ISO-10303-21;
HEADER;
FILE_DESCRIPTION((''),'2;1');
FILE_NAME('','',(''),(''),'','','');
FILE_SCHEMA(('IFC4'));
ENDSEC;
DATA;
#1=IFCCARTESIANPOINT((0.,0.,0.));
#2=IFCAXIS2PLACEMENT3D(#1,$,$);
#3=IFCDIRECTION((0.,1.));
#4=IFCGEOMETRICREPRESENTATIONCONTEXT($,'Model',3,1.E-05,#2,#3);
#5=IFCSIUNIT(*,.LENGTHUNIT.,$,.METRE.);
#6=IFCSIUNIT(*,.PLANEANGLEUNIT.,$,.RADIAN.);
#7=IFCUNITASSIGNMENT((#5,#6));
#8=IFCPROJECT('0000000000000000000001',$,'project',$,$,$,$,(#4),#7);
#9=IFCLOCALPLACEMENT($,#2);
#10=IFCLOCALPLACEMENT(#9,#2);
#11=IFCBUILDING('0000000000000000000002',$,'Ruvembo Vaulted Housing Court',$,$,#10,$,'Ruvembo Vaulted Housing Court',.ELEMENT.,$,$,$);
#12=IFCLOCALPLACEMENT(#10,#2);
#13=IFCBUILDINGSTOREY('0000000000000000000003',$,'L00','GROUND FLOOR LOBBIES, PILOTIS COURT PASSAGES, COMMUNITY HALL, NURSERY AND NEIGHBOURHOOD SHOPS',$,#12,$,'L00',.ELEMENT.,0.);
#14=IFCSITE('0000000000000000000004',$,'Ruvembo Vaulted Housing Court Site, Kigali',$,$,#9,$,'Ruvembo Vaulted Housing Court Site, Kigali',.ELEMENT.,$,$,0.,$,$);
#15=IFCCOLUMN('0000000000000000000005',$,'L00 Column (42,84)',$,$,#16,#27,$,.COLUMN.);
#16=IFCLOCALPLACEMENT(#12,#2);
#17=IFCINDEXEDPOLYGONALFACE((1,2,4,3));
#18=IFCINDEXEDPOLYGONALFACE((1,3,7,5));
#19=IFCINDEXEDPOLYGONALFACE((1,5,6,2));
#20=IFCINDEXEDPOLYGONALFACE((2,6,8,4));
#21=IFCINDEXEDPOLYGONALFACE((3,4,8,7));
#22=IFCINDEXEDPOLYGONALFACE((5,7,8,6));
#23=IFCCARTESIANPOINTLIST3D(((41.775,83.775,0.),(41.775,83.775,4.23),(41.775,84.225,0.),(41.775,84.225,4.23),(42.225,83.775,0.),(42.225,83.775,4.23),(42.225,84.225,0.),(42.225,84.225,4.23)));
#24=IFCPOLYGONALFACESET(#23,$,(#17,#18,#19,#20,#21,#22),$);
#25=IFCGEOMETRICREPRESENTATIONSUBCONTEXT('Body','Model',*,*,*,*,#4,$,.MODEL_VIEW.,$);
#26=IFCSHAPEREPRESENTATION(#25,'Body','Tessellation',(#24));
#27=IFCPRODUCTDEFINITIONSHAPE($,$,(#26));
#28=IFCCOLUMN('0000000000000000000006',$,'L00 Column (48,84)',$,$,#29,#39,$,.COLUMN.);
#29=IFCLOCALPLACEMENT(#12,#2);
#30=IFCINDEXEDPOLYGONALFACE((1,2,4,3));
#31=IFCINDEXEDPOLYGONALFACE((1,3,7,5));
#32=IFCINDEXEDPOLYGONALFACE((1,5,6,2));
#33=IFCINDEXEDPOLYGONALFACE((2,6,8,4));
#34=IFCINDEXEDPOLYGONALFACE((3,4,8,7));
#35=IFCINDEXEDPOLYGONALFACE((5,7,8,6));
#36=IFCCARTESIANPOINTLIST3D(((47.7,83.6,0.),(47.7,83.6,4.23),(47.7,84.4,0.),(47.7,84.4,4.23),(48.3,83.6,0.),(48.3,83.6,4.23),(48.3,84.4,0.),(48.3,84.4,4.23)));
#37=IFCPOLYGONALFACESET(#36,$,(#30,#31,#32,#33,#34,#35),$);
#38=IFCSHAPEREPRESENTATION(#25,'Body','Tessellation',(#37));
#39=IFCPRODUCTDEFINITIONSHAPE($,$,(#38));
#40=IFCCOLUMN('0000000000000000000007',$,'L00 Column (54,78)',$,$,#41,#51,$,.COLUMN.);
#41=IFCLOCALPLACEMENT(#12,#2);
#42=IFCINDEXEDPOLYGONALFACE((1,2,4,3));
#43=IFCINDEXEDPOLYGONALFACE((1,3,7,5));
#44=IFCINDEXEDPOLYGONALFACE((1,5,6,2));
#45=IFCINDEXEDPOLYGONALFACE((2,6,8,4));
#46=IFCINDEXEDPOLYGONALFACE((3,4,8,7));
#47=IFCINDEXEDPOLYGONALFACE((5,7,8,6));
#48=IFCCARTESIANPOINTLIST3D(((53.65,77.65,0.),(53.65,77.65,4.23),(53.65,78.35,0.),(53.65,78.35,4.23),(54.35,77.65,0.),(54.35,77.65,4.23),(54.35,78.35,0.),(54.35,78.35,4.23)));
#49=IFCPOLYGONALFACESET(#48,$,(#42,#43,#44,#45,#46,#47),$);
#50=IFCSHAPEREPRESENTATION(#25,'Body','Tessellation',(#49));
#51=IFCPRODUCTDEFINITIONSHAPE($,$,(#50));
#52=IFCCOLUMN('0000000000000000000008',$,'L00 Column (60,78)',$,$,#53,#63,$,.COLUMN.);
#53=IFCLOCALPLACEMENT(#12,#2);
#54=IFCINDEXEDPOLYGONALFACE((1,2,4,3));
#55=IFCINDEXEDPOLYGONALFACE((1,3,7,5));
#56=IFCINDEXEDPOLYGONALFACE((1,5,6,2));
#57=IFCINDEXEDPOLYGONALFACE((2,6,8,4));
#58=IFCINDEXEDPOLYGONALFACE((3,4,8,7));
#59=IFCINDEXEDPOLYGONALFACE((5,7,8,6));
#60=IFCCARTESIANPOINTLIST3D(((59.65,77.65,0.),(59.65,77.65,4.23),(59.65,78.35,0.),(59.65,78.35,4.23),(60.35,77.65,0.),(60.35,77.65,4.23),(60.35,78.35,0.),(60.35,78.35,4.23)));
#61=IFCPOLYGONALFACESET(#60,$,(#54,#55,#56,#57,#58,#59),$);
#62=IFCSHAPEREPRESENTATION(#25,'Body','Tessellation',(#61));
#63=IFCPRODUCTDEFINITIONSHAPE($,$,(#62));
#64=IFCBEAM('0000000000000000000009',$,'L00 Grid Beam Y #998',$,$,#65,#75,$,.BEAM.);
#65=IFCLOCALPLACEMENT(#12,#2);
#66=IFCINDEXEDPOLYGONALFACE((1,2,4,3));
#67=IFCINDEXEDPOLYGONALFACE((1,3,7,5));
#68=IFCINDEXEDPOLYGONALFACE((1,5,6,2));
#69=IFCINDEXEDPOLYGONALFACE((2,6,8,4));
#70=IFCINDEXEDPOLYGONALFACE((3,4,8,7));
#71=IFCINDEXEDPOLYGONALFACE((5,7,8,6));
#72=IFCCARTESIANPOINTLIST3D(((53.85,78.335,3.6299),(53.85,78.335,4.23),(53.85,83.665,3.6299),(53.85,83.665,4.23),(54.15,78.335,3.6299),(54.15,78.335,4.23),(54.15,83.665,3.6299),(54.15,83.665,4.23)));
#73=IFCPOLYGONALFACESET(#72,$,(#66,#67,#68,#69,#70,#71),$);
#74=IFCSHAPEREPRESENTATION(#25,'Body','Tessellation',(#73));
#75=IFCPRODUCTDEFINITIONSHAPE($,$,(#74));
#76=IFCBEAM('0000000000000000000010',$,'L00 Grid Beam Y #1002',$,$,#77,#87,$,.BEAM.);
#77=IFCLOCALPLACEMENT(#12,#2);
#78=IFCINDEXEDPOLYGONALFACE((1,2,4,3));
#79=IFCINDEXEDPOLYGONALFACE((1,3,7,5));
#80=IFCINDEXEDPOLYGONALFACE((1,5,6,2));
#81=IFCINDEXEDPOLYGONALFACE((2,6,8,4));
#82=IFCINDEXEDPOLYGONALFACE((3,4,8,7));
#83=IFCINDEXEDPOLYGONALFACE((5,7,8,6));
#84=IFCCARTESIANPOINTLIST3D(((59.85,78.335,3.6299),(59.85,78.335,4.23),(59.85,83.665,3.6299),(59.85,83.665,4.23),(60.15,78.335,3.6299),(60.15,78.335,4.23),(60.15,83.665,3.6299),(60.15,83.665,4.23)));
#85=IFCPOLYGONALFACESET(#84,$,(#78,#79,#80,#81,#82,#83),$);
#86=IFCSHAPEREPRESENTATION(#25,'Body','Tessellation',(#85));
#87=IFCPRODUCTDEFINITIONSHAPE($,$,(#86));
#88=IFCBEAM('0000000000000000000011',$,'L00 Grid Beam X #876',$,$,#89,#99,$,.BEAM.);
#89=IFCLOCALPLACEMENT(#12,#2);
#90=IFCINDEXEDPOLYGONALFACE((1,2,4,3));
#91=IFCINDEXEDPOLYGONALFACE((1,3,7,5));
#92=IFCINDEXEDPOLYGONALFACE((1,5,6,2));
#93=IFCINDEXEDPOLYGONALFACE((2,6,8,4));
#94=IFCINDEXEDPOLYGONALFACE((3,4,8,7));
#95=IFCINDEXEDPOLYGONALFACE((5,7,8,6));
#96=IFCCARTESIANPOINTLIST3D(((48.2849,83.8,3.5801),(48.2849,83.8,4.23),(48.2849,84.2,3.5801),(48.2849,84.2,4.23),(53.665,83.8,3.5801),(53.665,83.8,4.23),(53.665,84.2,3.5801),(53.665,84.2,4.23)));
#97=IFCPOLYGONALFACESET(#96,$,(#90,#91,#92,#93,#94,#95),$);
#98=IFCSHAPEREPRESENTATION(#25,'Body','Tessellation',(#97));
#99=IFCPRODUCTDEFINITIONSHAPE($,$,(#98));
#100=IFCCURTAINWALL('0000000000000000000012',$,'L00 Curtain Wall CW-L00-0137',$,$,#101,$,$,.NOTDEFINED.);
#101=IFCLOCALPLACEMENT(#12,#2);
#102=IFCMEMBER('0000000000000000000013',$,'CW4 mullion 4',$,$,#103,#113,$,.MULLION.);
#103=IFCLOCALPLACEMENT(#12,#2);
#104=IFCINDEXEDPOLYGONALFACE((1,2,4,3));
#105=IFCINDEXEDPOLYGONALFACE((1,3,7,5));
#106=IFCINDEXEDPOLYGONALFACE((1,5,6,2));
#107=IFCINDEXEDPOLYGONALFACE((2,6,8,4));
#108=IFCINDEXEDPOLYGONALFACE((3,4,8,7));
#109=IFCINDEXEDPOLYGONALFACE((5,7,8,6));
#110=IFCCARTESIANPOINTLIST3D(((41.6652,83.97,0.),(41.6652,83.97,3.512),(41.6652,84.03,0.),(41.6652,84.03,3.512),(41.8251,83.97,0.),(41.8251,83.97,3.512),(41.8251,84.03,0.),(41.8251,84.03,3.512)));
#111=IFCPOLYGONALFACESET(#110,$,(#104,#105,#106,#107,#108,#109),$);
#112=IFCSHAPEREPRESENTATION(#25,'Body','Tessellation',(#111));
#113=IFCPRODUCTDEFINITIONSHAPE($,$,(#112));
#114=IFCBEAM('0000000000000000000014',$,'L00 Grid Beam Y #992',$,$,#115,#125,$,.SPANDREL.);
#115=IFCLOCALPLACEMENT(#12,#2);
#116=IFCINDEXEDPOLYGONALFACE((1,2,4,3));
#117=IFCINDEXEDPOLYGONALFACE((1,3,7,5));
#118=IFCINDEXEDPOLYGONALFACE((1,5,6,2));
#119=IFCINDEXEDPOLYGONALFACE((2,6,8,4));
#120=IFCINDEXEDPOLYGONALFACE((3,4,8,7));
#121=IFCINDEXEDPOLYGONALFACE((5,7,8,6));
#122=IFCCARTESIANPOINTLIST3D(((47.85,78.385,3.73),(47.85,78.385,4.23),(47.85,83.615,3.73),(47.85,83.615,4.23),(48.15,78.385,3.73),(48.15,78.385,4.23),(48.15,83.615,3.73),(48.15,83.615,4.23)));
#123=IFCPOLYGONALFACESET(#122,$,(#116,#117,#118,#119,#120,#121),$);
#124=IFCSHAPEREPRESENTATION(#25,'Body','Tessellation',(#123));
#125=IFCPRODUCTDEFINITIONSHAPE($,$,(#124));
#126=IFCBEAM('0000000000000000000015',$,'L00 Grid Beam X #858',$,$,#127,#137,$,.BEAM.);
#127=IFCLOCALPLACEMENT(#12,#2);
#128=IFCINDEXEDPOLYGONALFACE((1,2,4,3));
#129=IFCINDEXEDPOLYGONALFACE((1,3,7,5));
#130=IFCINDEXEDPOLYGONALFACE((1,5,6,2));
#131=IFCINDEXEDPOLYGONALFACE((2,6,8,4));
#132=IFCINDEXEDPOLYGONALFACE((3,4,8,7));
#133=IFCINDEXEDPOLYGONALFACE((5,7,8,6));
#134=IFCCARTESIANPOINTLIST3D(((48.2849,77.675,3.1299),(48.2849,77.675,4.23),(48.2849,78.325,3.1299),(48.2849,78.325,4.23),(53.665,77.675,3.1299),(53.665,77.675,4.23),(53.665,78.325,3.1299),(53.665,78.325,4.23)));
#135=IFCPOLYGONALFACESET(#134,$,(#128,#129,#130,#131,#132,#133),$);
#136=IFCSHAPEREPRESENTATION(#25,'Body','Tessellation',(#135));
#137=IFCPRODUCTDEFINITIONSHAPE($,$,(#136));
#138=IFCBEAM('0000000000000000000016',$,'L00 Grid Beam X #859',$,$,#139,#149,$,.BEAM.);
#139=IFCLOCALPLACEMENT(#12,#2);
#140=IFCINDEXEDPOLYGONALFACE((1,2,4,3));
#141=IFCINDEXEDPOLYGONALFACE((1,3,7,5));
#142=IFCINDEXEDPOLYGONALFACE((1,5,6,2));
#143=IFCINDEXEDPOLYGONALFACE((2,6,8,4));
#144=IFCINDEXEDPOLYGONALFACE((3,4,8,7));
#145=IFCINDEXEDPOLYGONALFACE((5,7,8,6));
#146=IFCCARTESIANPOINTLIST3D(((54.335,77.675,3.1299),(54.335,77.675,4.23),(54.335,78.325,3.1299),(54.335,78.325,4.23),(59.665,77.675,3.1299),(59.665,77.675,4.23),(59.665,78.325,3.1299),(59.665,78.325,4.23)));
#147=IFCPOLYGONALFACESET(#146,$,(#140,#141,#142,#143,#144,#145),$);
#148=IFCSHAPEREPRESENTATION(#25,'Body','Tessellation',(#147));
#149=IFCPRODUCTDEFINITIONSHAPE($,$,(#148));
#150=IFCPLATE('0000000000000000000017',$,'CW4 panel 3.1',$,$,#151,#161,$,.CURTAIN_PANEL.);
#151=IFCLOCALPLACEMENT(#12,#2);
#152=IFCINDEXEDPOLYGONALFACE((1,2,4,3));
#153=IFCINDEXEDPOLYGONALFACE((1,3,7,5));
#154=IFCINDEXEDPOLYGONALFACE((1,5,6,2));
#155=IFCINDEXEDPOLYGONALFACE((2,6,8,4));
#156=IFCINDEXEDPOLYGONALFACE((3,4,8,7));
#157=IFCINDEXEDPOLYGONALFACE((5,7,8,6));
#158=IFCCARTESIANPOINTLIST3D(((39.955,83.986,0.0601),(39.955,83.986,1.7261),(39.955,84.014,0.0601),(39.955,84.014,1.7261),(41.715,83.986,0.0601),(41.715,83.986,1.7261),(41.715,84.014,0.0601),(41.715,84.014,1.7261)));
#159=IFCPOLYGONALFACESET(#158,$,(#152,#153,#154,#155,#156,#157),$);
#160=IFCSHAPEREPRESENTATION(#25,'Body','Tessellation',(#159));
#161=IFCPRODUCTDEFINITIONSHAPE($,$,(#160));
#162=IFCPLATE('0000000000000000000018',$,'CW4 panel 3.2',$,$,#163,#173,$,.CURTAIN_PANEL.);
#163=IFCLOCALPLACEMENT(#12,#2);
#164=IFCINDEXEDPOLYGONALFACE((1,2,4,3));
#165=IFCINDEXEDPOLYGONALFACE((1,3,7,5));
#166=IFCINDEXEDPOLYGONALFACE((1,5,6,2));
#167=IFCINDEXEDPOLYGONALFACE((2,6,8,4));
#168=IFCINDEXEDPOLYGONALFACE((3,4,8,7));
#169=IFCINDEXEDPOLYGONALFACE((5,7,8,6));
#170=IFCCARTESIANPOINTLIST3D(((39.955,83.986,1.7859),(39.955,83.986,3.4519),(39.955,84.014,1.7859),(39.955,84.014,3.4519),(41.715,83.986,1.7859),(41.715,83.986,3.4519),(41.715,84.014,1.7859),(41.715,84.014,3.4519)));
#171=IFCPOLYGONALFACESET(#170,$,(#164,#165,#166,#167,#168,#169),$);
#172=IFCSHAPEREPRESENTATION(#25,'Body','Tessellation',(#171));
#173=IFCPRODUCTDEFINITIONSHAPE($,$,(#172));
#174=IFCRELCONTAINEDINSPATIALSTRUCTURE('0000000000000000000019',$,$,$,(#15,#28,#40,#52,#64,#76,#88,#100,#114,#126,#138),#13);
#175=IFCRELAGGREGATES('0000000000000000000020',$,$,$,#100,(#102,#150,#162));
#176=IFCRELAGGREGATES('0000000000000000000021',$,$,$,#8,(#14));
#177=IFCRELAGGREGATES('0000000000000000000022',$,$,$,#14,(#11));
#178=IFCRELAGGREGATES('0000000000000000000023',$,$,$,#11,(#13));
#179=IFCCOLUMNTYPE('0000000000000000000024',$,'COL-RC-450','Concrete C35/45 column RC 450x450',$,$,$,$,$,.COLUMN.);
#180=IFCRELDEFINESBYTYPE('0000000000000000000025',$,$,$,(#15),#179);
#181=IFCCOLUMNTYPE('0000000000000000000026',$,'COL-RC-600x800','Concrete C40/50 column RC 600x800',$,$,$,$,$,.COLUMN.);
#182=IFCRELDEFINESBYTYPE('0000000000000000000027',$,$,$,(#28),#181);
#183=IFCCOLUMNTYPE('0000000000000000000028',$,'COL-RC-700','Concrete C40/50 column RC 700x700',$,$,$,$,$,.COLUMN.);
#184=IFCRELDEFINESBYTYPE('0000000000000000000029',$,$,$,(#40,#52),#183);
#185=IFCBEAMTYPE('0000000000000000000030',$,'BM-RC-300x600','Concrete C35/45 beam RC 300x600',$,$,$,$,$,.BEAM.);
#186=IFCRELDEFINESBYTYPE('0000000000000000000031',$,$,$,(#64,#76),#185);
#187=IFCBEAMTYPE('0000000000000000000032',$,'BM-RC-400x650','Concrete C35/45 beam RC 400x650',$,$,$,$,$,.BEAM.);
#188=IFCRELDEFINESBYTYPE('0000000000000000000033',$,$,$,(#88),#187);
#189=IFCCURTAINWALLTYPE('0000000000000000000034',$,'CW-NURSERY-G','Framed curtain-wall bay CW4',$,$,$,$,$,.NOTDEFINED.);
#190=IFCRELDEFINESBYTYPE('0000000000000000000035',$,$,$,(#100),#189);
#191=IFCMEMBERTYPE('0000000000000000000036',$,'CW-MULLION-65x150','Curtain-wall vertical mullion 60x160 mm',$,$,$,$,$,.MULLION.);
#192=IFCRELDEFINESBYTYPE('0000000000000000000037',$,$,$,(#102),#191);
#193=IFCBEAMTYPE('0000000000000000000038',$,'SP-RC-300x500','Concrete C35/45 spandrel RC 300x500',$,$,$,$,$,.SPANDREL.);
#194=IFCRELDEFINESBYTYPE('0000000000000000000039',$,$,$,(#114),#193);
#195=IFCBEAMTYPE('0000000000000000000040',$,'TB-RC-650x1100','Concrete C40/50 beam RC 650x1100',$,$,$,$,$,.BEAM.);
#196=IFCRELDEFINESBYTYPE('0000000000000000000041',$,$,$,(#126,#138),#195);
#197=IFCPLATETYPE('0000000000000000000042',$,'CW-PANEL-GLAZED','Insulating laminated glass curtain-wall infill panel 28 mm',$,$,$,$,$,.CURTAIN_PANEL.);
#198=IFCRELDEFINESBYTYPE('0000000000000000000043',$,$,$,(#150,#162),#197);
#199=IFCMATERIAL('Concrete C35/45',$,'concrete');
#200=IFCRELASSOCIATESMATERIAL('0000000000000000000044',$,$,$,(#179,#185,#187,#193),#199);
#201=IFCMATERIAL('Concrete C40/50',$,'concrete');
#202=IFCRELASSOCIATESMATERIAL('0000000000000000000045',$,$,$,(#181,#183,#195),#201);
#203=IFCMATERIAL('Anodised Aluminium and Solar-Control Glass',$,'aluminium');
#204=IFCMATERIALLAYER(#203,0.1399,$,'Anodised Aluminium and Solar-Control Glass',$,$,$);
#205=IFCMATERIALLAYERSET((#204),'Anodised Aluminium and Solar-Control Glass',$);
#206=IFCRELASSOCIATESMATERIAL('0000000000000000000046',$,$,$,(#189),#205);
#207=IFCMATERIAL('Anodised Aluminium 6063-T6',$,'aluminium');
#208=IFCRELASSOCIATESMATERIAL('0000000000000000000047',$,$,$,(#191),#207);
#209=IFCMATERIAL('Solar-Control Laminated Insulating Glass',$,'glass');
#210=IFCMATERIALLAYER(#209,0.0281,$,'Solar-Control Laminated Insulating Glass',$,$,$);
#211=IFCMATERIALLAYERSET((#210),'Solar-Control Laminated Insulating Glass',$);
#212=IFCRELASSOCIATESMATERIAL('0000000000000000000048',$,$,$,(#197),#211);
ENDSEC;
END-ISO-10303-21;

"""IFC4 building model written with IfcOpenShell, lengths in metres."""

from ifc_helpers import new_model, si_unit, direction, frame, origin, origin_2d, place, context, subcontext, project, spatial, rectangle, extrude, material, layer, layer_set, material_profile, profile_set, type_object, element, aggregate, save


model = new_model("IFC4")

# Units and contexts
model_context = context("Model", 3, precision=1e-05, world=origin(), true_north=direction((0.0, 1.0)))
body_context = subcontext(model_context, "Body", "Model", "MODEL_VIEW")
ifc_project = project(units=[si_unit("LENGTHUNIT", "METRE"), si_unit("PLANEANGLEUNIT", "RADIAN")], contexts=[model_context])

# Site, building, storey
site_placement = place(None, origin())
site = spatial("IfcSite", under=ifc_project, at=site_placement, Name="Ruvembo Vaulted Housing Court Site, Kigali", LongName="Ruvembo Vaulted Housing Court Site, Kigali", CompositionType="ELEMENT", RefElevation=0.0)
building_placement = place(site_placement, origin())
building = spatial("IfcBuilding", under=site, at=building_placement, Name="Ruvembo Vaulted Housing Court", LongName="Ruvembo Vaulted Housing Court", CompositionType="ELEMENT")
storey_placement = place(building_placement, origin())
storey = spatial("IfcBuildingStorey", under=building, at=storey_placement, Name="L00", Description="GROUND FLOOR LOBBIES, PILOTIS COURT PASSAGES, COMMUNITY HALL, NURSERY AND NEIGHBOURHOOD SHOPS", LongName="L00", CompositionType="ELEMENT", Elevation=0.0)

# Columns
ifc_material_1 = material(Name="Concrete C35/45", Category="concrete")
ifc_material_profile_1 = material_profile(ifc_material_1, rectangle(XDim=0.45, YDim=0.45, at=origin_2d()), Name="RC 450x450")
ifc_profile_set_1 = profile_set([ifc_material_profile_1], Name="Concrete C35/45")
column_type_1 = type_object("IfcColumnType", Name="COL-RC-450", Description="Concrete C35/45 column RC 450x450", PredefinedType="COLUMN", material=ifc_profile_set_1)
column_1_placement = place(storey_placement, frame((42.0, 84.0, 0.0), z_axis=(0.0, 0.0, 1.0), x_axis=(1.0, 0.0, 0.0)))
element("IfcColumn", 1, at=column_1_placement, inside=storey, type_object=column_type_1, Name="L00 Column (42,84)", PredefinedType="COLUMN", context=body_context, shape_type="SweptSolid", body=[
    extrude(rectangle(XDim=0.45, YDim=0.45, at=origin_2d()), origin(), (0.0, 0.0, 1.0), 4.23),
])
ifc_material_2 = material(Name="Concrete C40/50", Category="concrete")
ifc_material_profile_2 = material_profile(ifc_material_2, rectangle(XDim=0.6001, YDim=0.8, at=origin_2d()), Name="RC 600x800")
ifc_profile_set_2 = profile_set([ifc_material_profile_2], Name="Concrete C40/50")
column_type_2 = type_object("IfcColumnType", Name="COL-RC-600x800", Description="Concrete C40/50 column RC 600x800", PredefinedType="COLUMN", material=ifc_profile_set_2)
column_2_placement = place(storey_placement, frame((48.0, 84.0, 0.0), z_axis=(0.0, 0.0, 1.0), x_axis=(1.0, 0.0, 0.0)))
element("IfcColumn", 2, at=column_2_placement, inside=storey, type_object=column_type_2, Name="L00 Column (48,84)", PredefinedType="COLUMN", context=body_context, shape_type="SweptSolid", body=[
    extrude(rectangle(XDim=0.6001, YDim=0.8, at=origin_2d()), origin(), (0.0, 0.0, 1.0), 4.23),
])
ifc_material_profile_3 = material_profile(ifc_material_2, rectangle(XDim=0.7, YDim=0.7, at=origin_2d()), Name="RC 700x700")
ifc_profile_set_3 = profile_set([ifc_material_profile_3], Name="Concrete C40/50")
column_type_3 = type_object("IfcColumnType", Name="COL-RC-700", Description="Concrete C40/50 column RC 700x700", PredefinedType="COLUMN", material=ifc_profile_set_3)
for number, where, z_axis, x_axis, name in (
    (3, (54.0, 78.0, 0.0), (0.0, 0.0, 1.0), (1.0, 0.0, 0.0), "L00 Column (54,78)"),
    (4, (60.0, 78.0, 0.0), (0.0, 0.0, 1.0), (1.0, 0.0, 0.0), "L00 Column (60,78)"),
):
    element("IfcColumn", number, at=place(storey_placement, frame(where, z_axis=z_axis, x_axis=x_axis)), inside=storey, type_object=column_type_3, Name=name, PredefinedType="COLUMN", context=body_context, shape_type="SweptSolid", body=[
        extrude(rectangle(XDim=0.7, YDim=0.7, at=origin_2d()), origin(), (0.0, 0.0, 1.0), 4.23),
    ])

# Beams
ifc_material_profile_4 = material_profile(ifc_material_1, rectangle(XDim=0.3, YDim=0.6001, at=origin_2d()), Name="RC 300x600")
ifc_profile_set_4 = profile_set([ifc_material_profile_4], Name="Concrete C35/45")
beam_type_1 = type_object("IfcBeamType", Name="BM-RC-300x600", Description="Concrete C35/45 beam RC 300x600", PredefinedType="BEAM", material=ifc_profile_set_4)
for number, where, z_axis, x_axis, name in (
    (5, (54.0, 78.335, 3.9299), (0.0, 1.0, 0.0), (-1.0, 0.0, 0.0), "L00 Grid Beam Y #998"),
    (6, (60.0, 78.335, 3.9299), (0.0, 1.0, 0.0), (-1.0, 0.0, 0.0), "L00 Grid Beam Y #1002"),
):
    element("IfcBeam", number, at=place(storey_placement, frame(where, z_axis=z_axis, x_axis=x_axis)), inside=storey, type_object=beam_type_1, Name=name, PredefinedType="BEAM", context=body_context, shape_type="SweptSolid", body=[
        extrude(rectangle(XDim=0.3, YDim=0.6001, at=origin_2d()), origin(), (0.0, 0.0, 1.0), 5.3301),
    ])
ifc_material_profile_5 = material_profile(ifc_material_1, rectangle(XDim=0.3999, YDim=0.6499, at=origin_2d()), Name="RC 400x650")
ifc_profile_set_5 = profile_set([ifc_material_profile_5], Name="Concrete C35/45")
beam_type_2 = type_object("IfcBeamType", Name="BM-RC-400x650", Description="Concrete C35/45 beam RC 400x650", PredefinedType="BEAM", material=ifc_profile_set_5)
beam_1_placement = place(storey_placement, frame((48.2849, 84.0, 3.905), z_axis=(1.0, 0.0, 0.0), x_axis=(0.0, 1.0, 0.0)))
element("IfcBeam", 7, at=beam_1_placement, inside=storey, type_object=beam_type_2, Name="L00 Grid Beam X #876", PredefinedType="BEAM", context=body_context, shape_type="SweptSolid", body=[
    extrude(rectangle(XDim=0.3999, YDim=0.6499, at=origin_2d()), origin(), (0.0, 0.0, 1.0), 5.3801),
])

# Curtain wall, member
ifc_material_3 = material(Name="Anodised Aluminium and Solar-Control Glass", Category="aluminium")
ifc_layer_1 = layer(ifc_material_3, 0.1399, Name="Anodised Aluminium and Solar-Control Glass")
ifc_layer_set_1 = layer_set([ifc_layer_1], Name="Anodised Aluminium and Solar-Control Glass")
curtain_wall_type = type_object("IfcCurtainWallType", Name="CW-NURSERY-G", Description="Framed curtain-wall bay CW4", PredefinedType="NOTDEFINED", material=ifc_layer_set_1)
curtain_wall_placement = place(storey_placement, origin())
curtain_wall = element("IfcCurtainWall", 8, at=curtain_wall_placement, inside=storey, type_object=curtain_wall_type, Name="L00 Curtain Wall CW-L00-0137", PredefinedType="NOTDEFINED")
ifc_material_4 = material(Name="Anodised Aluminium 6063-T6", Category="aluminium")
ifc_material_profile_6 = material_profile(ifc_material_4, rectangle(XDim=0.0601, YDim=0.1599, at=origin_2d()), Name="ALU 60x160")
ifc_profile_set_6 = profile_set([ifc_material_profile_6], Name="Anodised Aluminium 6063-T6")
member_type = type_object("IfcMemberType", Name="CW-MULLION-65x150", Description="Curtain-wall vertical mullion 60x160 mm", PredefinedType="MULLION", material=ifc_profile_set_6)
member_placement = place(storey_placement, frame((41.7451, 84.0, 0.0), z_axis=(0.0, 0.0, 1.0), x_axis=(0.0, 1.0, 0.0)))
member = element("IfcMember", 9, at=member_placement, type_object=member_type, Name="CW4 mullion 4", PredefinedType="MULLION", context=body_context, shape_type="SweptSolid", body=[
    extrude(rectangle(XDim=0.0601, YDim=0.1599, at=origin_2d()), origin(), (0.0, 0.0, 1.0), 3.512),
])

# Beams
ifc_material_profile_7 = material_profile(ifc_material_1, rectangle(XDim=0.3, YDim=0.5, at=origin_2d()), Name="RC 300x500")
ifc_profile_set_7 = profile_set([ifc_material_profile_7], Name="Concrete C35/45")
beam_type_3 = type_object("IfcBeamType", Name="SP-RC-300x500", Description="Concrete C35/45 spandrel RC 300x500", PredefinedType="SPANDREL", material=ifc_profile_set_7)
beam_2_placement = place(storey_placement, frame((48.0, 78.385, 3.98), z_axis=(0.0, 1.0, 0.0), x_axis=(-1.0, 0.0, 0.0)))
element("IfcBeam", 10, at=beam_2_placement, inside=storey, type_object=beam_type_3, Name="L00 Grid Beam Y #992", PredefinedType="SPANDREL", context=body_context, shape_type="SweptSolid", body=[
    extrude(rectangle(XDim=0.3, YDim=0.5, at=origin_2d()), origin(), (0.0, 0.0, 1.0), 5.23),
])
ifc_material_profile_8 = material_profile(ifc_material_2, rectangle(XDim=0.6499, YDim=1.1001, at=origin_2d()), Name="RC 650x1100")
ifc_profile_set_8 = profile_set([ifc_material_profile_8], Name="Concrete C40/50")
beam_type_4 = type_object("IfcBeamType", Name="TB-RC-650x1100", Description="Concrete C40/50 beam RC 650x1100", PredefinedType="BEAM", material=ifc_profile_set_8)
beam_3_placement = place(storey_placement, frame((48.2849, 78.0, 3.6799), z_axis=(1.0, 0.0, 0.0), x_axis=(0.0, 1.0, 0.0)))
element("IfcBeam", 11, at=beam_3_placement, inside=storey, type_object=beam_type_4, Name="L00 Grid Beam X #858", PredefinedType="BEAM", context=body_context, shape_type="SweptSolid", body=[
    extrude(rectangle(XDim=0.6499, YDim=1.1001, at=origin_2d()), origin(), (0.0, 0.0, 1.0), 5.3801),
])
beam_4_placement = place(storey_placement, frame((54.335, 78.0, 3.6799), z_axis=(1.0, 0.0, 0.0), x_axis=(0.0, 1.0, 0.0)))
element("IfcBeam", 12, at=beam_4_placement, inside=storey, type_object=beam_type_4, Name="L00 Grid Beam X #859", PredefinedType="BEAM", context=body_context, shape_type="SweptSolid", body=[
    extrude(rectangle(XDim=0.6499, YDim=1.1001, at=origin_2d()), origin(), (0.0, 0.0, 1.0), 5.3301),
])

# Plates
ifc_material_5 = material(Name="Solar-Control Laminated Insulating Glass", Category="glass")
ifc_layer_2 = layer(ifc_material_5, 0.0281, Name="Solar-Control Laminated Insulating Glass")
ifc_layer_set_2 = layer_set([ifc_layer_2], Name="Solar-Control Laminated Insulating Glass")
plate_type = type_object("IfcPlateType", Name="CW-PANEL-GLAZED", Description="Insulating laminated glass curtain-wall infill panel 28 mm", PredefinedType="CURTAIN_PANEL", material=ifc_layer_set_2)
plate_1_placement = place(storey_placement, frame((40.835, 84.0, 0.0601), z_axis=(0.0, 0.0, 1.0), x_axis=(1.0, 0.0, 0.0)))
plate_1 = element("IfcPlate", 13, at=plate_1_placement, type_object=plate_type, Name="CW4 panel 3.1", PredefinedType="CURTAIN_PANEL", context=body_context, shape_type="SweptSolid", body=[
    extrude(rectangle(XDim=1.76, YDim=0.0281, at=origin_2d()), origin(), (0.0, 0.0, 1.0), 1.666),
])
plate_2_placement = place(storey_placement, frame((40.835, 84.0, 1.7859), z_axis=(0.0, 0.0, 1.0), x_axis=(1.0, 0.0, 0.0)))
plate_2 = element("IfcPlate", 14, at=plate_2_placement, type_object=plate_type, Name="CW4 panel 3.2", PredefinedType="CURTAIN_PANEL", context=body_context, shape_type="SweptSolid", body=[
    extrude(rectangle(XDim=1.76, YDim=0.0281, at=origin_2d()), origin(), (0.0, 0.0, 1.0), 1.666),
])
aggregate(curtain_wall, [member, plate_1, plate_2])

save(model, "model.ifc")
